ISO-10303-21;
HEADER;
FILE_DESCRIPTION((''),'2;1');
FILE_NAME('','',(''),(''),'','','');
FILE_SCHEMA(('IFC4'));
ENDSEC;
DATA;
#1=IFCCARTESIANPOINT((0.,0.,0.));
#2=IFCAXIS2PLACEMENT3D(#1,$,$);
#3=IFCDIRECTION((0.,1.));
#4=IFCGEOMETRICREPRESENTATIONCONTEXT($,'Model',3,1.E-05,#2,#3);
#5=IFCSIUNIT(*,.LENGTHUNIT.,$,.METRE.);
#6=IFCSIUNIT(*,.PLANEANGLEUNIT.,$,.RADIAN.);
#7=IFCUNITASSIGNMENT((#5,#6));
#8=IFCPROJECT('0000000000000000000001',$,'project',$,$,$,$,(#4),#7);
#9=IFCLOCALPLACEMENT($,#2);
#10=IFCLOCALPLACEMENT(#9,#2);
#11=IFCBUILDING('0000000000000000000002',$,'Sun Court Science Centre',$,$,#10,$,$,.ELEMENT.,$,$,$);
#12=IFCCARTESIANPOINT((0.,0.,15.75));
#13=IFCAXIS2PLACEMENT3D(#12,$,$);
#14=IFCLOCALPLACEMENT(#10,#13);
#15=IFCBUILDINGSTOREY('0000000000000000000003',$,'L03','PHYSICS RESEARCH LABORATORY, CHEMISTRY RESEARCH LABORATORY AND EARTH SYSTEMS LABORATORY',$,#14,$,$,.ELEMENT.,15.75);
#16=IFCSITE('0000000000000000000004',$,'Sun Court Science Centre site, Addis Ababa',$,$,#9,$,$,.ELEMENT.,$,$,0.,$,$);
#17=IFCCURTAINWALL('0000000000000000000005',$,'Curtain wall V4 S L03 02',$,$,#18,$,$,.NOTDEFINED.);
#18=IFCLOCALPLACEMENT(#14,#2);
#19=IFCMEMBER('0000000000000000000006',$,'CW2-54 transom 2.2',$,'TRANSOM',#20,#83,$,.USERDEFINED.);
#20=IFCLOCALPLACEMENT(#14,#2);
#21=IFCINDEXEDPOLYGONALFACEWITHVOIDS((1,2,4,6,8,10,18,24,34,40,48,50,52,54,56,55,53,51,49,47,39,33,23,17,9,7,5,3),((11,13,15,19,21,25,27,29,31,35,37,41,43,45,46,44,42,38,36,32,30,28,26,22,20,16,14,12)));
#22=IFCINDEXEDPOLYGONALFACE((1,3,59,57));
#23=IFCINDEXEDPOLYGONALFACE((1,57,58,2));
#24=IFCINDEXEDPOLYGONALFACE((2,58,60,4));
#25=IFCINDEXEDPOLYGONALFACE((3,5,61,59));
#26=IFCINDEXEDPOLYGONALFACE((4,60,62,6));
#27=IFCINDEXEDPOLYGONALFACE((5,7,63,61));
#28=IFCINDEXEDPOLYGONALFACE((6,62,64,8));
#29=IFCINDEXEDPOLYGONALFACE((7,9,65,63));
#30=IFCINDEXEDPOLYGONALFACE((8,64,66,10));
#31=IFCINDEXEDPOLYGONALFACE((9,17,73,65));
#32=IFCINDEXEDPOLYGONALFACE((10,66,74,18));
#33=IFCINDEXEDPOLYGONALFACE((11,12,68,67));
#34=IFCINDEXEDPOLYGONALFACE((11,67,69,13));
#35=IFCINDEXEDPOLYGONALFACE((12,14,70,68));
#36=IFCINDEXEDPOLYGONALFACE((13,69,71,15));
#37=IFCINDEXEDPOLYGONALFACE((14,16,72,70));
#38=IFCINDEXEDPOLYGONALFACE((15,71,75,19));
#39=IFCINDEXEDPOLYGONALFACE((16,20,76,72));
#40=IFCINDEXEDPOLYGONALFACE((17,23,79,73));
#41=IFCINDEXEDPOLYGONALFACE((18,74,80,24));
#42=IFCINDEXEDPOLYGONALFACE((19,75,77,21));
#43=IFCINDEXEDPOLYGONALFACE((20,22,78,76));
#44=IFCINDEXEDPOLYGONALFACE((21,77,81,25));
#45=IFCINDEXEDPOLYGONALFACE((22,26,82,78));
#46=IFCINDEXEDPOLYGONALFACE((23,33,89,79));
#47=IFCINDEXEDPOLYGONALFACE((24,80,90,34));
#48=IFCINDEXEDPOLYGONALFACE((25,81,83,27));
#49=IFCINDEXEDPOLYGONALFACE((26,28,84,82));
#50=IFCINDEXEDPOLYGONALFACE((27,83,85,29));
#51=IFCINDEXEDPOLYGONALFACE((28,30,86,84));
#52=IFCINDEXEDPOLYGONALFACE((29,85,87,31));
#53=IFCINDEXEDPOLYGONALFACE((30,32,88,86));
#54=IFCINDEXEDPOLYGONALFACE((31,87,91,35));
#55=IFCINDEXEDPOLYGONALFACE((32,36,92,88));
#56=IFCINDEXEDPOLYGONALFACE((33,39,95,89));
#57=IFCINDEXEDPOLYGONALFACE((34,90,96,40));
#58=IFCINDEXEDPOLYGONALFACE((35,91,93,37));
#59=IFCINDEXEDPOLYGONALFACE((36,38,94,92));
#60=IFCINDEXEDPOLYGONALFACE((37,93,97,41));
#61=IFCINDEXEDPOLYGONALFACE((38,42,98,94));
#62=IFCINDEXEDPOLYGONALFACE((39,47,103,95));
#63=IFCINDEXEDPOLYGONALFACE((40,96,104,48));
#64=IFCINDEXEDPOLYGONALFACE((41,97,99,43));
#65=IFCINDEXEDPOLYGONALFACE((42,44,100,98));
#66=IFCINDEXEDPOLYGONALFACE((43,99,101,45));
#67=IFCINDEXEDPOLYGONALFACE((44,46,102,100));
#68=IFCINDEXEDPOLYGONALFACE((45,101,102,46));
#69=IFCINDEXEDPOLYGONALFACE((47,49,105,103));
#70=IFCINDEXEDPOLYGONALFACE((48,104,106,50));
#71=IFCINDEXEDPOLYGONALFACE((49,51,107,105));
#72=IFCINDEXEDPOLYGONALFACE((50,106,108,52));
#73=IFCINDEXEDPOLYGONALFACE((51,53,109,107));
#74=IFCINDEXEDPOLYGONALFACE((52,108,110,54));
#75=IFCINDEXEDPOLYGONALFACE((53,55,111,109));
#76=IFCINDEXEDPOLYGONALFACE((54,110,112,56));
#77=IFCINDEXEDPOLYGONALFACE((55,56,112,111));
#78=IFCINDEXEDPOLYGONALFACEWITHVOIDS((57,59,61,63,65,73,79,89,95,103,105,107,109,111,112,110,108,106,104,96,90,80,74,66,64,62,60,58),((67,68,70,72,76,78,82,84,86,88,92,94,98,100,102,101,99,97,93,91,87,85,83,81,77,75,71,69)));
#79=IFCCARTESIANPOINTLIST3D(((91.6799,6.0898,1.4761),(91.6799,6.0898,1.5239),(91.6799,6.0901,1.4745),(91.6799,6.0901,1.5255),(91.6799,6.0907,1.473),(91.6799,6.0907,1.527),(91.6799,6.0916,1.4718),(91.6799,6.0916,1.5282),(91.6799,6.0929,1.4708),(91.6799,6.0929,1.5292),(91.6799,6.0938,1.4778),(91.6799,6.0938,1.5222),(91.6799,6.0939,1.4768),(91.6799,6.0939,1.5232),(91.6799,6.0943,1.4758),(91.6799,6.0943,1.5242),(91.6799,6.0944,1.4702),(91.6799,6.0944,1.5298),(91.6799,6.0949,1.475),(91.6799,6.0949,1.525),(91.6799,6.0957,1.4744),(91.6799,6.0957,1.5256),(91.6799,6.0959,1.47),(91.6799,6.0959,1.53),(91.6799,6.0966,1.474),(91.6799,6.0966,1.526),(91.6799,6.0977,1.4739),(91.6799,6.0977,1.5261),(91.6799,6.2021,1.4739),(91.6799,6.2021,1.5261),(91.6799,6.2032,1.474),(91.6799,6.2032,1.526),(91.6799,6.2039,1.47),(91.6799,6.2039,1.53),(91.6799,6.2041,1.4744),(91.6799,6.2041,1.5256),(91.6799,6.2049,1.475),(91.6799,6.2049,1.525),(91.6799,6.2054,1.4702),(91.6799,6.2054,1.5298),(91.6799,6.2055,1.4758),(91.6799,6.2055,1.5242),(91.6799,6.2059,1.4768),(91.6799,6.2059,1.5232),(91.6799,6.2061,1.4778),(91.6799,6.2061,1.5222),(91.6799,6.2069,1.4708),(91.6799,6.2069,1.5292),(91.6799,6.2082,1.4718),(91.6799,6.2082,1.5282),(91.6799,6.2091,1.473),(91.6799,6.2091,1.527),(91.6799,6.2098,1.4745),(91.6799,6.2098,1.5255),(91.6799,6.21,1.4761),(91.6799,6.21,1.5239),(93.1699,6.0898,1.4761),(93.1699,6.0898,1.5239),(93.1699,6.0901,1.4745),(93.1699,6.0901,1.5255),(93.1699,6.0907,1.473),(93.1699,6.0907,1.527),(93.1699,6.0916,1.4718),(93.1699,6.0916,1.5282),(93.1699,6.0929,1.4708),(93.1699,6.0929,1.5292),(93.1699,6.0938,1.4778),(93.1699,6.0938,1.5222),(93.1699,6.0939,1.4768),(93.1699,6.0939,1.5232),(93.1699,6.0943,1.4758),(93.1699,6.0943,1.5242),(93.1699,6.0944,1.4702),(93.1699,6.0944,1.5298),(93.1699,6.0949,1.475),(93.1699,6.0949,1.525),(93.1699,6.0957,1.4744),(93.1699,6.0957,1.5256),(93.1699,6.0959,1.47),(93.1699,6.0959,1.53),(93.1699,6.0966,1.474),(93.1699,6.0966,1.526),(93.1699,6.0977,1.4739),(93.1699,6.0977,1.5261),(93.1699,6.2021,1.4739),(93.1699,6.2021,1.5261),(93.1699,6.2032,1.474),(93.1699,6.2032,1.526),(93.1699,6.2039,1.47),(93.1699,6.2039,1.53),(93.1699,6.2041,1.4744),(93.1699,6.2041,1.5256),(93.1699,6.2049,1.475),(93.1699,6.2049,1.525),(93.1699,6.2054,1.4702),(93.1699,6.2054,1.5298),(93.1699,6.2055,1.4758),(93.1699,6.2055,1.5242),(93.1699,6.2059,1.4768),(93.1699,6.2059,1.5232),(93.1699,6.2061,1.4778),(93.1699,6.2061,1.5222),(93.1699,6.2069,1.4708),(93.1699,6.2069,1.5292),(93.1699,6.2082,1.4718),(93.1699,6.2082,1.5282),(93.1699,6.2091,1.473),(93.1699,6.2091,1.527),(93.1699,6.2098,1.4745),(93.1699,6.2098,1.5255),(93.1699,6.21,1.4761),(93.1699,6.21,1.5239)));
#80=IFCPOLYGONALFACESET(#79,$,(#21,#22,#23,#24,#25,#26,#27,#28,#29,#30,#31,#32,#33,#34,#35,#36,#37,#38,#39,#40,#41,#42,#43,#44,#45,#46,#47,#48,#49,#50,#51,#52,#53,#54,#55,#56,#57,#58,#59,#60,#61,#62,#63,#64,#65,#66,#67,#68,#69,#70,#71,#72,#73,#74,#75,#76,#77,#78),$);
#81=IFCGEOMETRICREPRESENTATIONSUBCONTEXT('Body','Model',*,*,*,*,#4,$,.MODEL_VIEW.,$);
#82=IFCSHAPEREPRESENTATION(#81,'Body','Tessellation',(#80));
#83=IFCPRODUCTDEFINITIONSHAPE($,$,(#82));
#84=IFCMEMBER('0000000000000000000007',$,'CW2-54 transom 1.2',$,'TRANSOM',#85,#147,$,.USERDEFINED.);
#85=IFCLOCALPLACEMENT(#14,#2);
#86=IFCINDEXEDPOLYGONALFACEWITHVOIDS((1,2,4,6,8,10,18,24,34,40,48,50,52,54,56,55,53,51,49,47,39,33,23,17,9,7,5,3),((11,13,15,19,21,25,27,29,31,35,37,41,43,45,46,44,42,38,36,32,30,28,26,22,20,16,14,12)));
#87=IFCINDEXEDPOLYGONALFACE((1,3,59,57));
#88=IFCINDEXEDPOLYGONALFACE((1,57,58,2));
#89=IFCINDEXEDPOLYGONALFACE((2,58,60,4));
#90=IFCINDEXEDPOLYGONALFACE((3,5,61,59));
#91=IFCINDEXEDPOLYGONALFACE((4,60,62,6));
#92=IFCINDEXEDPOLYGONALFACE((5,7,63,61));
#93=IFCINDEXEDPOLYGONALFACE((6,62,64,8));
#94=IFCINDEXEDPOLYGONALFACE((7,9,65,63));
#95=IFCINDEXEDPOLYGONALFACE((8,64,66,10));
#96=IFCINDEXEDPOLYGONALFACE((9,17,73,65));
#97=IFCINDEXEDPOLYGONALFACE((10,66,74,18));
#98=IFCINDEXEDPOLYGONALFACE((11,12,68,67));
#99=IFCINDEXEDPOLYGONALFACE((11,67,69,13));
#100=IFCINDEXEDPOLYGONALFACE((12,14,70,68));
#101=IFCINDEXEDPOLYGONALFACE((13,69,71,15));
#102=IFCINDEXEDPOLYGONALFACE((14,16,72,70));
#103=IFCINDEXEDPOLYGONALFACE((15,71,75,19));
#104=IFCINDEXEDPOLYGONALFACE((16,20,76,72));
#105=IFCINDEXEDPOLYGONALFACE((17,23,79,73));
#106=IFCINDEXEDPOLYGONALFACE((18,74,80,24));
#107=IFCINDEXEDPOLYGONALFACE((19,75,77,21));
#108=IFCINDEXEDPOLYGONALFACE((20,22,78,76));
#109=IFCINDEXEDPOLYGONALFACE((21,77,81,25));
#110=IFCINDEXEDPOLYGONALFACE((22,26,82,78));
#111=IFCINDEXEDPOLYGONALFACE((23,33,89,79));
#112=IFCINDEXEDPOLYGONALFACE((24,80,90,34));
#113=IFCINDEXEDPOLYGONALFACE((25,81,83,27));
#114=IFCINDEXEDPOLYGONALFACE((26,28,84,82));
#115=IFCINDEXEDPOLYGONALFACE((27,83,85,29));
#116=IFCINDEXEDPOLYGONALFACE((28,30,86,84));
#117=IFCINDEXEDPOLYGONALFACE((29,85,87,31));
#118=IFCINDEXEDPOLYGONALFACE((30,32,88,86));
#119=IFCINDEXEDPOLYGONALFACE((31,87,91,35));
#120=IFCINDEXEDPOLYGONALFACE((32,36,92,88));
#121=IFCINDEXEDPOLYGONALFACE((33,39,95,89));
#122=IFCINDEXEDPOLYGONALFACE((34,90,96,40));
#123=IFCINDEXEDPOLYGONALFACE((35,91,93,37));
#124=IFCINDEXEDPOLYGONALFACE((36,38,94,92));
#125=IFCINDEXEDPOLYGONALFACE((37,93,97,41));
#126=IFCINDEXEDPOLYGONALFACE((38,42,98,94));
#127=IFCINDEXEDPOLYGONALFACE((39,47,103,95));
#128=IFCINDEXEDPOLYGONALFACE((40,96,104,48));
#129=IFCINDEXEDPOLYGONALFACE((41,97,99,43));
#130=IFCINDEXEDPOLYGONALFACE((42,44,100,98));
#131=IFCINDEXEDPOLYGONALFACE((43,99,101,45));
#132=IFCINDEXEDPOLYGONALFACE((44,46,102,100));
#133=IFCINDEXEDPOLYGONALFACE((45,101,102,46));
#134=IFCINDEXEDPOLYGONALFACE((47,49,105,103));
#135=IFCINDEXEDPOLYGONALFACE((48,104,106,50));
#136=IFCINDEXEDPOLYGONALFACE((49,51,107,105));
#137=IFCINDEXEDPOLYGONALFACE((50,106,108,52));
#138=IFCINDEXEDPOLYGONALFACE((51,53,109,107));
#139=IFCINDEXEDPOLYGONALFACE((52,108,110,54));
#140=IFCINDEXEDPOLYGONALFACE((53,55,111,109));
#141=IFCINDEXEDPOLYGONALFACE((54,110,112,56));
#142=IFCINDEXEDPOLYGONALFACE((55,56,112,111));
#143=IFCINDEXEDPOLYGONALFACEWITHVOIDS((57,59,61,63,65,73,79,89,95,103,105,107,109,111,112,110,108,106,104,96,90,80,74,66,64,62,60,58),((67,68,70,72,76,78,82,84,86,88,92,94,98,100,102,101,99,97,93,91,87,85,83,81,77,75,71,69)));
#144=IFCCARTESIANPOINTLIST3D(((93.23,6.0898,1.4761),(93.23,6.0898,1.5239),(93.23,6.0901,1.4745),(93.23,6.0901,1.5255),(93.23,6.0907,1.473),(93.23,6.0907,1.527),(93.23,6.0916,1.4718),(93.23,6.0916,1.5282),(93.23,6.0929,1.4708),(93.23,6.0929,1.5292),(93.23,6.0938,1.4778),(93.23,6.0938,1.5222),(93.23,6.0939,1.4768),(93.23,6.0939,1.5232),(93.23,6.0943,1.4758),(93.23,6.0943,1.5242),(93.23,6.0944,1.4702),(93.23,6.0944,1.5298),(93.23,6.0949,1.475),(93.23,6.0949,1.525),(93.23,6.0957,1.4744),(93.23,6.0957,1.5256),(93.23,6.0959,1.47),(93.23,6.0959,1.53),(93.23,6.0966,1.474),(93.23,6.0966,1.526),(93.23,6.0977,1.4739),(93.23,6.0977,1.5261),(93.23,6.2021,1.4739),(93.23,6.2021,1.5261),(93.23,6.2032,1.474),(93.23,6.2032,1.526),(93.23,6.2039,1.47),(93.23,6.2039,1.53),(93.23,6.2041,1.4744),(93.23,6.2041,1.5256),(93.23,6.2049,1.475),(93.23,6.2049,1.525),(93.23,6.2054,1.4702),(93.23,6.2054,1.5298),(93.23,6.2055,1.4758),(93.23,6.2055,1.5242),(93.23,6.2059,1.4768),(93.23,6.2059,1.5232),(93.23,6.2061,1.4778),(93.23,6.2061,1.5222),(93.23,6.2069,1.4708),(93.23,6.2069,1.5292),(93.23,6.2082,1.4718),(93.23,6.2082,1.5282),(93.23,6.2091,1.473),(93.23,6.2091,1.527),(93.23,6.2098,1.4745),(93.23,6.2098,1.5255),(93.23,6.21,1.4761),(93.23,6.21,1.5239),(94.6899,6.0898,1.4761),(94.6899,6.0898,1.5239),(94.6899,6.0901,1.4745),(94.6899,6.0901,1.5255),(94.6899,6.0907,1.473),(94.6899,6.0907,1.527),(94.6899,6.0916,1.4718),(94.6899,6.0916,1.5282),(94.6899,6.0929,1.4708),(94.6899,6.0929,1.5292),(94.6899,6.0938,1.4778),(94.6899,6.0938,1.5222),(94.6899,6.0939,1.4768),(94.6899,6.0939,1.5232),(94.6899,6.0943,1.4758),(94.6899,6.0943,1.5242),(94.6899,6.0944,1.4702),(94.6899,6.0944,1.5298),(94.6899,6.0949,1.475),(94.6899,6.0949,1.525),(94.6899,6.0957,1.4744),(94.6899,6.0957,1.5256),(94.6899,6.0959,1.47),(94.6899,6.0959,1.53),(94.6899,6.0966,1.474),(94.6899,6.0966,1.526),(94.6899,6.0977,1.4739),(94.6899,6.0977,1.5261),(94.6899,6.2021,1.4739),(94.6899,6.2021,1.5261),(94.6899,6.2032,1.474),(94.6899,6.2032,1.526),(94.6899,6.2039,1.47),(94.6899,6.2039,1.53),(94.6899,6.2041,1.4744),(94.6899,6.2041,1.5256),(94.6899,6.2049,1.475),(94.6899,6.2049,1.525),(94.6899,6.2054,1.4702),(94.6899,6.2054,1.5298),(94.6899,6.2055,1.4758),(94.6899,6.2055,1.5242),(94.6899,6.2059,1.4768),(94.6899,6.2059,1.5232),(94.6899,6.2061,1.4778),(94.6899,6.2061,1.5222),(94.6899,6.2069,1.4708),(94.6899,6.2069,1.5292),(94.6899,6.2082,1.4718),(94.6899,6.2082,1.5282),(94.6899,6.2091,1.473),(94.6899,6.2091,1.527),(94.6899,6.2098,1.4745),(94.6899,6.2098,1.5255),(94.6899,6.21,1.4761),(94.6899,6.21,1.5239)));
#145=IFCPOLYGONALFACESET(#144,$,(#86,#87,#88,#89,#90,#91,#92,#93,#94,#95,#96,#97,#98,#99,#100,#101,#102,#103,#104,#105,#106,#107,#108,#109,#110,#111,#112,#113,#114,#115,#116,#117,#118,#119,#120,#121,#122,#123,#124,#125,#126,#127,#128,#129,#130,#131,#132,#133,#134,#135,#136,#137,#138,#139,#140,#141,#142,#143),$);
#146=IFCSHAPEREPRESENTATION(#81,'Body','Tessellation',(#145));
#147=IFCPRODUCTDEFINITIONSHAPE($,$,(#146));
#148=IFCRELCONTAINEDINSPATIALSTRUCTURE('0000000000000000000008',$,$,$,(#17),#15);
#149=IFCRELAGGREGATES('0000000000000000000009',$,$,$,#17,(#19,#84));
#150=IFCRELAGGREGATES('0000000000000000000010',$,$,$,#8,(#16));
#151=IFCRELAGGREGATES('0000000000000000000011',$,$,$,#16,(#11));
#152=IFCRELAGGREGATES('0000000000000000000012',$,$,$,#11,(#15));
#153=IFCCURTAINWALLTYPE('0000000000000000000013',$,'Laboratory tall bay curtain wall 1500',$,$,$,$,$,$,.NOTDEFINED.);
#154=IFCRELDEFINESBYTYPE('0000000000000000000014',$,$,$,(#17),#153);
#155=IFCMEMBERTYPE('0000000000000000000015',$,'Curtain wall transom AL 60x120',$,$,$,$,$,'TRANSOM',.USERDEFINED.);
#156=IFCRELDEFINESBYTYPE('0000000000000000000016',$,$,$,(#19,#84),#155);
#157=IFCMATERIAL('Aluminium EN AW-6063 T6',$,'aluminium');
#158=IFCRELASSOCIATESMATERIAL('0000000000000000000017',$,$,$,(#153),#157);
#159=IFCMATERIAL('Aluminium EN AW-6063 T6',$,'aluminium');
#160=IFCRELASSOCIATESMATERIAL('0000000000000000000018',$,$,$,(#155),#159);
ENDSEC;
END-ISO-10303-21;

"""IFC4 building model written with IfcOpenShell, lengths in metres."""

from ifc_helpers import new_model, si_unit, direction, frame, origin, origin_2d, place, context, subcontext, project, spatial, hollow_rectangle, extrude, material, material_profile, profile_set, type_object, element, aggregate, save


model = new_model("IFC4")

# Units and contexts
model_context = context("Model", 3, precision=1e-05, world=origin(), true_north=direction((0.0, 1.0)))
body_context = subcontext(model_context, "Body", "Model", "MODEL_VIEW")
ifc_project = project(units=[si_unit("LENGTHUNIT", "METRE"), si_unit("PLANEANGLEUNIT", "RADIAN")], contexts=[model_context])

# Site, building, storey
site_placement = place(None, origin())
site = spatial("IfcSite", under=ifc_project, at=site_placement, Name="Sun Court Science Centre site, Addis Ababa", CompositionType="ELEMENT", RefElevation=0.0)
building_placement = place(site_placement, origin())
building = spatial("IfcBuilding", under=site, at=building_placement, Name="Sun Court Science Centre", CompositionType="ELEMENT")
storey_placement = place(building_placement, frame((0.0, 0.0, 15.75)))
storey = spatial("IfcBuildingStorey", under=building, at=storey_placement, Name="L03", Description="PHYSICS RESEARCH LABORATORY, CHEMISTRY RESEARCH LABORATORY AND EARTH SYSTEMS LABORATORY", CompositionType="ELEMENT", Elevation=15.75)

# Curtain wall
ifc_material_1 = material(Name="Aluminium EN AW-6063 T6", Category="aluminium")
curtain_wall_type = type_object("IfcCurtainWallType", Name="Laboratory tall bay curtain wall 1500", PredefinedType="NOTDEFINED", material=ifc_material_1)
curtain_wall_1_placement = place(storey_placement, origin())
curtain_wall_1 = element("IfcCurtainWall", 1, at=curtain_wall_1_placement, inside=storey, type_object=curtain_wall_type, Name="Curtain wall V4 S L03 02", PredefinedType="NOTDEFINED")

# Members
ifc_material_2 = material(Name="Aluminium EN AW-6063 T6", Category="aluminium")
ifc_material_profile_1 = material_profile(ifc_material_2, hollow_rectangle(XDim=0.0601, YDim=0.1201, WallThickness=0.0039, InnerFilletRadius=0.0039, OuterFilletRadius=0.0061, at=origin_2d()), Name="AL 60x120x4")
ifc_profile_set_1 = profile_set([ifc_material_profile_1], Name="Aluminium EN AW-6063 T6")
member_type_1 = type_object("IfcMemberType", Name="Curtain wall transom AL 60x120", ElementType="TRANSOM", PredefinedType="USERDEFINED", material=ifc_profile_set_1)
member_1_placement = place(storey_placement, frame((93.1699, 6.1499, 1.5), z_axis=(-1.0, 0.0, 0.0), x_axis=(0.0, 0.0, 1.0)))
member_1 = element("IfcMember", 2, at=member_1_placement, type_object=member_type_1, Name="CW2-54 transom 2.2", ObjectType="TRANSOM", PredefinedType="USERDEFINED", context=body_context, shape_type="SweptSolid", body=[
    extrude(hollow_rectangle(XDim=0.0601, YDim=0.1201, WallThickness=0.0039, InnerFilletRadius=0.0039, OuterFilletRadius=0.0061, at=origin_2d()), origin(), (0.0, 0.0, 1.0), 1.49),
])
member_2_placement = place(storey_placement, frame((94.6899, 6.1499, 1.5), z_axis=(-1.0, 0.0, 0.0), x_axis=(0.0, 0.0, 1.0)))
member_2 = element("IfcMember", 3, at=member_2_placement, type_object=member_type_1, Name="CW2-54 transom 1.2", ObjectType="TRANSOM", PredefinedType="USERDEFINED", context=body_context, shape_type="SweptSolid", body=[
    extrude(hollow_rectangle(XDim=0.0601, YDim=0.1201, WallThickness=0.0039, InnerFilletRadius=0.0039, OuterFilletRadius=0.0061, at=origin_2d()), origin(), (0.0, 0.0, 1.0), 1.46),
])

aggregate(curtain_wall_1, [member_1, member_2])

save(model, "model.ifc")
